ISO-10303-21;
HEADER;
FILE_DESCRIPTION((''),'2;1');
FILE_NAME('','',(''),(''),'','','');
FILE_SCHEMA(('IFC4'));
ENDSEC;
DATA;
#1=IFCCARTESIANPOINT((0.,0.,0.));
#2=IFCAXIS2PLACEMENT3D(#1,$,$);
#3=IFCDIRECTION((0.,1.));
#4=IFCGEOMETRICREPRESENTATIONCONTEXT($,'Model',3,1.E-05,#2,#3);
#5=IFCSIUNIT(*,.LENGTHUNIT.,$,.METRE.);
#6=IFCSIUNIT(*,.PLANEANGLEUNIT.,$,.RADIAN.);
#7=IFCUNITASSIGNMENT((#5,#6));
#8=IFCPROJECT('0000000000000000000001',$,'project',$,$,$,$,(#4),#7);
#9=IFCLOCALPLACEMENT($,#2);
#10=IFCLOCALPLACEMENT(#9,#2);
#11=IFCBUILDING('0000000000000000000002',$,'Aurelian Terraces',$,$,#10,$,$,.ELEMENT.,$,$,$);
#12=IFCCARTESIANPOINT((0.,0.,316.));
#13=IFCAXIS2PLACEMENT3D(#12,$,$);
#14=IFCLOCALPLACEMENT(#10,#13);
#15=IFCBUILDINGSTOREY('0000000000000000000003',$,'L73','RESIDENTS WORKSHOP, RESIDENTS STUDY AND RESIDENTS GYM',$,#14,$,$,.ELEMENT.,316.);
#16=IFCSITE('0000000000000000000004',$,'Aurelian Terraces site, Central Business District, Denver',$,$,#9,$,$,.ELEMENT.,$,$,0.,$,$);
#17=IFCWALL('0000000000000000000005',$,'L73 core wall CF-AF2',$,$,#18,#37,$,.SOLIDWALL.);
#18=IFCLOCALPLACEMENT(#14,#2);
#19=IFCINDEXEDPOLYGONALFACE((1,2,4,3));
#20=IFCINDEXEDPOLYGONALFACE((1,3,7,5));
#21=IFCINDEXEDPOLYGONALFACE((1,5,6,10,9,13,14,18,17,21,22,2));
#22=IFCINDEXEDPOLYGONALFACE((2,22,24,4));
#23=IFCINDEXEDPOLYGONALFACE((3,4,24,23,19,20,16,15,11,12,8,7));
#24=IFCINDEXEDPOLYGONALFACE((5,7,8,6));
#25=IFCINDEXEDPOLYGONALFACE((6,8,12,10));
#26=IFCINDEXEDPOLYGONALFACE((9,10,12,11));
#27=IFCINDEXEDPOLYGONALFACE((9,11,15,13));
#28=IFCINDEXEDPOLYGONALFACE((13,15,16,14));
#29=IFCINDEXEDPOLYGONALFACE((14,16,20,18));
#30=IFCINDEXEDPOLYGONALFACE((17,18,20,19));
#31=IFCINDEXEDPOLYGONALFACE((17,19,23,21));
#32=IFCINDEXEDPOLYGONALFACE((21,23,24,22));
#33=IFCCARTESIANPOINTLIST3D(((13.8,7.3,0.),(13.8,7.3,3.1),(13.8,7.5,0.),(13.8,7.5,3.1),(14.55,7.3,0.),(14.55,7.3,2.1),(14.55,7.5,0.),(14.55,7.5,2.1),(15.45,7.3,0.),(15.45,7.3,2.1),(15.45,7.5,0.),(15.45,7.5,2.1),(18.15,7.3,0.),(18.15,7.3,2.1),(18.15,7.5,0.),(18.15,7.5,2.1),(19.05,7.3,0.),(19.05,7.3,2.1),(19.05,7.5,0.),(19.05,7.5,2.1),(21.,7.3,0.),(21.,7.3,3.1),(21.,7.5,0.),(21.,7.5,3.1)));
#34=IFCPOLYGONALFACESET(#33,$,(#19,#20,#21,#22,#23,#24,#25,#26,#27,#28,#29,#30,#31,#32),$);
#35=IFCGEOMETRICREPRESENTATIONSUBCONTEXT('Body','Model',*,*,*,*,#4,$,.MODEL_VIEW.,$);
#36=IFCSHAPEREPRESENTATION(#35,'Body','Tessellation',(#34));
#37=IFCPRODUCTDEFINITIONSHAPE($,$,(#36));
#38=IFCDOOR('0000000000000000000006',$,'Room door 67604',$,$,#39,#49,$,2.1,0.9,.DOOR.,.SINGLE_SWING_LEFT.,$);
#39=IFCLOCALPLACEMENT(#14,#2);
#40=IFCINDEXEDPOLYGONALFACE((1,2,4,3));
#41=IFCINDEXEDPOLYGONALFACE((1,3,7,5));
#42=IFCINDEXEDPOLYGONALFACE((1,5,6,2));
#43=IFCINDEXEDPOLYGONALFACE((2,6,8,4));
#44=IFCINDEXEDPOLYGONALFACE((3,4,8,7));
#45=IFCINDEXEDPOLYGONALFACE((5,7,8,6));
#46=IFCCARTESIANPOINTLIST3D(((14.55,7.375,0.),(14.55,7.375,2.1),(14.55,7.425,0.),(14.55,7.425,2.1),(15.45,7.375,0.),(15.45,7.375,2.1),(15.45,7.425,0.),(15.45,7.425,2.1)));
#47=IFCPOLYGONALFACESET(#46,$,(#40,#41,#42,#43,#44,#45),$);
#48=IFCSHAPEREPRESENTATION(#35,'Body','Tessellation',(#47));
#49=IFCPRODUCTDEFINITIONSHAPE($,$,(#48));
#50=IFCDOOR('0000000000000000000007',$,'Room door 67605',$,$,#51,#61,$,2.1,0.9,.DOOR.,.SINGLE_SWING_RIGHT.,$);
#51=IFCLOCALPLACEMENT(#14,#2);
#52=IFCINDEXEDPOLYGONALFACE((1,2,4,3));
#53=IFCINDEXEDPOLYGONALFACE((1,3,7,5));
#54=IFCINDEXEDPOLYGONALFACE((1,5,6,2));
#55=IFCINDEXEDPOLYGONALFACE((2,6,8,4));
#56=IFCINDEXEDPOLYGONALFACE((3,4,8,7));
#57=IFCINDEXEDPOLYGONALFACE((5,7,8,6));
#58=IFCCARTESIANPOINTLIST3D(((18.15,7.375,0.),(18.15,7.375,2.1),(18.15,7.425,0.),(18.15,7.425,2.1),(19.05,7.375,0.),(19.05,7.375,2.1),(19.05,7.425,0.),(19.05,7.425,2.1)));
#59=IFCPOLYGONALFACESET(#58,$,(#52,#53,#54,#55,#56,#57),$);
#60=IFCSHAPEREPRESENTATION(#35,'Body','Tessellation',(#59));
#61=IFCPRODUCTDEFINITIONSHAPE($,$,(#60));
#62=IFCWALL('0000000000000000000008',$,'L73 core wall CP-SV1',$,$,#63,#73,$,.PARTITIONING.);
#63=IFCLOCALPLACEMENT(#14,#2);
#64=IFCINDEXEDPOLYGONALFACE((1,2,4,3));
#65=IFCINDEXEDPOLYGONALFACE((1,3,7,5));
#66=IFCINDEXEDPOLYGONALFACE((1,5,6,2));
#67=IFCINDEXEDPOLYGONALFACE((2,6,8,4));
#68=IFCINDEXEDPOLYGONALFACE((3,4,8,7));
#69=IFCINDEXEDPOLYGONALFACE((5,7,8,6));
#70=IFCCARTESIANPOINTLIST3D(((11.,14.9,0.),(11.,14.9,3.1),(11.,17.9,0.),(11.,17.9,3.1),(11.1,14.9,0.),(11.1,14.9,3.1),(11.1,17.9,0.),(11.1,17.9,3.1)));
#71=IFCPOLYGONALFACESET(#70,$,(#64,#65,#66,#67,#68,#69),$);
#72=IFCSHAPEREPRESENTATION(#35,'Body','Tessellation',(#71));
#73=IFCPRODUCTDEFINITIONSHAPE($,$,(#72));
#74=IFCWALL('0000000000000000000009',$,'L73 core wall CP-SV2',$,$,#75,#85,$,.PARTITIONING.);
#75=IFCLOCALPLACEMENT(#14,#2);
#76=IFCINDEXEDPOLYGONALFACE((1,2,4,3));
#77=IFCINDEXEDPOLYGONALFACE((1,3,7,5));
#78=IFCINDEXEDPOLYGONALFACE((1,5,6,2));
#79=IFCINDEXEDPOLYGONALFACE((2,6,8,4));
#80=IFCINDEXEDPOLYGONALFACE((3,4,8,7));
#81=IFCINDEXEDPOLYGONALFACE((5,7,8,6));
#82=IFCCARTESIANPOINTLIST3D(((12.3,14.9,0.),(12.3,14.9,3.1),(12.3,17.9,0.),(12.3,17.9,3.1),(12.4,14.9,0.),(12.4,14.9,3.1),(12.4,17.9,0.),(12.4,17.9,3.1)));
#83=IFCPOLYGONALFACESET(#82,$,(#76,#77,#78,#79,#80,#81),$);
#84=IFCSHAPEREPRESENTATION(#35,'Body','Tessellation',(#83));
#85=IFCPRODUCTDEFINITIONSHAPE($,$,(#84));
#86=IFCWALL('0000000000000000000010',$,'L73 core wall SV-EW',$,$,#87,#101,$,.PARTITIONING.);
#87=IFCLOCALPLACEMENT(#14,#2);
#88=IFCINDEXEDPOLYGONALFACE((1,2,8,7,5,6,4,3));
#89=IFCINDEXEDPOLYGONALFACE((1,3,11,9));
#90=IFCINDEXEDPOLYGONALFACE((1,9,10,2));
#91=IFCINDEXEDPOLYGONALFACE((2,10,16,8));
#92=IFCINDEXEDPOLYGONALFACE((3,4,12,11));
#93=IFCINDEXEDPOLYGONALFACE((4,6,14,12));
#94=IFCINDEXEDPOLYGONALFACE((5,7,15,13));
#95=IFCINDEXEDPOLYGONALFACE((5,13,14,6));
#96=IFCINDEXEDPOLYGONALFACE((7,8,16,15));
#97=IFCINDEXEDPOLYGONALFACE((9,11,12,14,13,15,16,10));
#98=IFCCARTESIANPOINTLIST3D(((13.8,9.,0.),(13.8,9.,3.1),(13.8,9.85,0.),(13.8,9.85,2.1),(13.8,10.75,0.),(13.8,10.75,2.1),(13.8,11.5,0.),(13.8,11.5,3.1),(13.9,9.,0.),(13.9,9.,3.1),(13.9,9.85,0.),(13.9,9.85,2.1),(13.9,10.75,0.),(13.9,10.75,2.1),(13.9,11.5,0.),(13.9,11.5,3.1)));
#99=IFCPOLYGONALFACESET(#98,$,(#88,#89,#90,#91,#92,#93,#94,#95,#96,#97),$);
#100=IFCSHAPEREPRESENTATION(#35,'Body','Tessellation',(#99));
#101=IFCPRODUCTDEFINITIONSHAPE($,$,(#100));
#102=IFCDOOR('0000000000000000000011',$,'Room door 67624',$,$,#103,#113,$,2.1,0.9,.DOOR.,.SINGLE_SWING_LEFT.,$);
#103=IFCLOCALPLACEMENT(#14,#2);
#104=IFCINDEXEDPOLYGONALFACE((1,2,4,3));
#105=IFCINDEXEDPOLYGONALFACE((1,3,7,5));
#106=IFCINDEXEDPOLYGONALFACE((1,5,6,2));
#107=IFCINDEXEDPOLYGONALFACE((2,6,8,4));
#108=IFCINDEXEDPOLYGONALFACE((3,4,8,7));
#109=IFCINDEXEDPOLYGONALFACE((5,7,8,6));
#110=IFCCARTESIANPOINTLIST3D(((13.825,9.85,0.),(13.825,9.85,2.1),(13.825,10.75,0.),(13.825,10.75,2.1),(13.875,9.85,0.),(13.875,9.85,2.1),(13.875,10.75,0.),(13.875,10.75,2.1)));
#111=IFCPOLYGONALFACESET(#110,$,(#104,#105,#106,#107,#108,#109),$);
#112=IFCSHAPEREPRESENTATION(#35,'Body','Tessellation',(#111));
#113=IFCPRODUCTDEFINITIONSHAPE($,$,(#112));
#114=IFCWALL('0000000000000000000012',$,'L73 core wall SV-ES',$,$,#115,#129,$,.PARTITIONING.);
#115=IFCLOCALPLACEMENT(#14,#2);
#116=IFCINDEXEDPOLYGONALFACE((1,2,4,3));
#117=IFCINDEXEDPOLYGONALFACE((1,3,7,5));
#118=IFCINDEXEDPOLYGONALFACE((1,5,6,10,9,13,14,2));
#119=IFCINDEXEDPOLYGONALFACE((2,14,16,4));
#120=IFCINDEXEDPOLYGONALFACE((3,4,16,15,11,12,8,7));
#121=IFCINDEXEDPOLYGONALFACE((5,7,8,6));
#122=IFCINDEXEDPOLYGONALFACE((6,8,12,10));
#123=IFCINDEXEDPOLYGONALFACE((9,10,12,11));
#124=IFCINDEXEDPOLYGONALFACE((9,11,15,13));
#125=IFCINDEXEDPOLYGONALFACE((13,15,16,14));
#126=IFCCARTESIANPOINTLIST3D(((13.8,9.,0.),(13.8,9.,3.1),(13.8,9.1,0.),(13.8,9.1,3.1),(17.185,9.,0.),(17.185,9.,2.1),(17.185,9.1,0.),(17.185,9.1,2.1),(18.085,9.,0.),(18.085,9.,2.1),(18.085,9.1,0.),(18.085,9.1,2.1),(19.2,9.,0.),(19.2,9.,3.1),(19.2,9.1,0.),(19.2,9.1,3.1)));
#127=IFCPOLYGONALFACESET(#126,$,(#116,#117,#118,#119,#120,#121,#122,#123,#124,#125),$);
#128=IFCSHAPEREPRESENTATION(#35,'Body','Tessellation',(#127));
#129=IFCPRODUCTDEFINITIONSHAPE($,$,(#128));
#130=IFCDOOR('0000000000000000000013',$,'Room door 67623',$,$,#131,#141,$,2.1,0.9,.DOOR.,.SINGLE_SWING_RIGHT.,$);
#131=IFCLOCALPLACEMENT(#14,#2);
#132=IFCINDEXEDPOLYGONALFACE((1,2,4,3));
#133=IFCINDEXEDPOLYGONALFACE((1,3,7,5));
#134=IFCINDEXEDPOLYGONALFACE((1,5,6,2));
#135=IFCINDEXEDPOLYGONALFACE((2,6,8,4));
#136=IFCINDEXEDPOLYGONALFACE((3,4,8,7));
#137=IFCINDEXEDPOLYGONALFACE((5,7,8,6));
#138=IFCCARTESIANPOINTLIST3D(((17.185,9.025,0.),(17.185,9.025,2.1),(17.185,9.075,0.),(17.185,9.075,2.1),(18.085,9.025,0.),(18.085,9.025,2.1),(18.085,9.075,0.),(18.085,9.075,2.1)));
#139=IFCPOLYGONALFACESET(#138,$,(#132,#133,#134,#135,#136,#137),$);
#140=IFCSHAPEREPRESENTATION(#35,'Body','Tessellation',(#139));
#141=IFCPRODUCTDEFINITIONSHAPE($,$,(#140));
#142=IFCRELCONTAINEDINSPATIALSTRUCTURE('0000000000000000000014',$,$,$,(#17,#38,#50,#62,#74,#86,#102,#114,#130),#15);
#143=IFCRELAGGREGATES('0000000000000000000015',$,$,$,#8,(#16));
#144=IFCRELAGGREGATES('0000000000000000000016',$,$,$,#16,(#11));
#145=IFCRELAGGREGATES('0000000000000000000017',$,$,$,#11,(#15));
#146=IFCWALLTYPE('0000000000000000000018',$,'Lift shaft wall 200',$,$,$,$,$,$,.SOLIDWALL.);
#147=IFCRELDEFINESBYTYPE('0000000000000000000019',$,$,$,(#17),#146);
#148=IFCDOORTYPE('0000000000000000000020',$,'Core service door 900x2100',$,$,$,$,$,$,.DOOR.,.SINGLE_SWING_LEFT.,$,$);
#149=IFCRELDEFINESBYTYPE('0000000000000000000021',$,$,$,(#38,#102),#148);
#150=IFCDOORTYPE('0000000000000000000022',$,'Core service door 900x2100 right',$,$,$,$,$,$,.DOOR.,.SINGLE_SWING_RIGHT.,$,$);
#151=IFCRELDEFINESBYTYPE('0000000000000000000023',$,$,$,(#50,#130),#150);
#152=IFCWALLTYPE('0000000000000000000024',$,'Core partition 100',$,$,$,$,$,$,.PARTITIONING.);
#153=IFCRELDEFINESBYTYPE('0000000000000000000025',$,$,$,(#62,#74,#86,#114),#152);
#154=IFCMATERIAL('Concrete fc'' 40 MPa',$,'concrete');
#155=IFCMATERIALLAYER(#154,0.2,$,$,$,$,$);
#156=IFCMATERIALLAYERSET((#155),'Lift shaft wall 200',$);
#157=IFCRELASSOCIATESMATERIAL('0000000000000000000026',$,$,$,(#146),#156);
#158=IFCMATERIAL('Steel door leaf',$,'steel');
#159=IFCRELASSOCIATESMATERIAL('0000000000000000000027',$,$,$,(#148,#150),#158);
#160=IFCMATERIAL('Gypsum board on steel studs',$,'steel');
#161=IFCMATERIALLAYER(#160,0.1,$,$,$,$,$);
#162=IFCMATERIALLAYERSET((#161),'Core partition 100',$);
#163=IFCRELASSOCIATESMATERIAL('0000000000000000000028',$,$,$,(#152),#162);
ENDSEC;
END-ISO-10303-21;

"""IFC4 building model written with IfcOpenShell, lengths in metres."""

from ifc_helpers import new_model, si_unit, direction, frame, frame_2d, origin, place, context, subcontext, project, spatial, rectangle, extrude, source, transform, mapped, material, layer, layer_set, type_object, element, fill, save


model = new_model("IFC4")

# Units and contexts
model_context = context("Model", 3, precision=1e-05, world=origin(), true_north=direction((0.0, 1.0)))
body_context = subcontext(model_context, "Body", "Model", "MODEL_VIEW")
ifc_project = project(units=[si_unit("LENGTHUNIT", "METRE"), si_unit("PLANEANGLEUNIT", "RADIAN")], contexts=[model_context])

# Site, building, storey
site_placement = place(None, origin())
site = spatial("IfcSite", under=ifc_project, at=site_placement, Name="Aurelian Terraces site, Central Business District, Denver", CompositionType="ELEMENT", RefElevation=0.0)
building_placement = place(site_placement, origin())
building = spatial("IfcBuilding", under=site, at=building_placement, Name="Aurelian Terraces", CompositionType="ELEMENT")
storey_placement = place(building_placement, frame((0.0, 0.0, 316.0)))
storey = spatial("IfcBuildingStorey", under=building, at=storey_placement, Name="L73", Description="RESIDENTS WORKSHOP, RESIDENTS STUDY AND RESIDENTS GYM", CompositionType="ELEMENT", Elevation=316.0)

# Shared definitions
ifc_material_1 = material(Name="Concrete fc' 40 MPa", Category="concrete")
ifc_layer_1 = layer(ifc_material_1, 0.2)
ifc_layer_set_1 = layer_set([ifc_layer_1], Name="Lift shaft wall 200")
wall_type_1 = type_object("IfcWallType", Name="Lift shaft wall 200", PredefinedType="SOLIDWALL", material=ifc_layer_set_1)

# Shared definitions
ifc_material_2 = material(Name="Gypsum board on steel studs", Category="steel")

# Wall, openings, doors
shared_shape_1 = source(origin(), body_context, "Body", "SweptSolid", [
    extrude(rectangle(XDim=7.2, YDim=0.2, at=frame_2d((3.6, 0.0))), origin(), (0.0, 0.0, 1.0), 3.1),
])
wall_1_placement = place(storey_placement, frame((13.8, 7.4, 0.0), z_axis=(0.0, 0.0, 1.0), x_axis=(1.0, 0.0, 0.0)))
wall_1 = element("IfcWall", 1, at=wall_1_placement, inside=storey, type_object=wall_type_1, Name="L73 core wall CF-AF2", PredefinedType="SOLIDWALL", context=body_context, shape_type="MappedRepresentation", body=[
    mapped(shared_shape_1, transform((0.0, 0.0, 0.0), scale=1.0)),
])
shared_shape_2 = source(origin(), body_context, "Body", "SweptSolid", [
    extrude(rectangle(XDim=0.9, YDim=2.1, at=frame_2d((0.45, 1.05))), frame((0.0, 0.11, 0.0), z_axis=(0.0, -1.0, 0.0), x_axis=(1.0, 0.0, 0.0)), (0.0, 0.0, 1.0), 0.22),
])
opening_1_placement = place(wall_1_placement, frame((0.75, 0.0, 0.0)))
opening_1 = element("IfcOpeningElement", 2, at=opening_1_placement, cuts=wall_1, PredefinedType="OPENING", context=body_context, shape_type="MappedRepresentation", body=[
    mapped(shared_shape_2, transform((0.0, 0.0, 0.0), scale=1.0)),
])
opening_2_placement = place(wall_1_placement, frame((4.35, 0.0, 0.0)))
opening_2 = element("IfcOpeningElement", 3, at=opening_2_placement, cuts=wall_1, PredefinedType="OPENING", context=body_context, shape_type="MappedRepresentation", body=[
    mapped(shared_shape_2, transform((0.0, 0.0, 0.0), scale=1.0)),
])
ifc_material_3 = material(Name="Steel door leaf", Category="steel")
door_type_1 = type_object("IfcDoorType", Name="Core service door 900x2100", OperationType="SINGLE_SWING_LEFT", PredefinedType="DOOR", material=ifc_material_3)
shared_shape_3 = source(origin(), body_context, "Body", "SweptSolid", [
    extrude(rectangle(XDim=0.9, YDim=2.1, at=frame_2d((0.45, 1.05))), frame((0.0, 0.025, 0.0), z_axis=(0.0, -1.0, 0.0), x_axis=(1.0, 0.0, 0.0)), (0.0, 0.0, 1.0), 0.05),
])
door_1_placement = place(opening_1_placement, origin())
door_1 = element("IfcDoor", 4, at=door_1_placement, inside=storey, type_object=door_type_1, Name="Room door 67604", OperationType="SINGLE_SWING_LEFT", OverallHeight=2.1, OverallWidth=0.9, PredefinedType="DOOR", context=body_context, shape_type="MappedRepresentation", body=[
    mapped(shared_shape_3, transform((0.0, 0.0, 0.0), scale=1.0)),
])
fill(opening_1, door_1)
door_type_2 = type_object("IfcDoorType", Name="Core service door 900x2100 right", OperationType="SINGLE_SWING_RIGHT", PredefinedType="DOOR", material=ifc_material_3)
door_2_placement = place(opening_2_placement, origin())
door_2 = element("IfcDoor", 5, at=door_2_placement, inside=storey, type_object=door_type_2, Name="Room door 67605", OperationType="SINGLE_SWING_RIGHT", OverallHeight=2.1, OverallWidth=0.9, PredefinedType="DOOR", context=body_context, shape_type="MappedRepresentation", body=[
    mapped(shared_shape_3, transform((0.0, 0.0, 0.0), scale=1.0)),
])
fill(opening_2, door_2)

# Walls
ifc_layer_2 = layer(ifc_material_2, 0.1)
ifc_layer_set_2 = layer_set([ifc_layer_2], Name="Core partition 100")
wall_type_2 = type_object("IfcWallType", Name="Core partition 100", PredefinedType="PARTITIONING", material=ifc_layer_set_2)
shared_shape_4 = source(origin(), body_context, "Body", "SweptSolid", [
    extrude(rectangle(XDim=3.0, YDim=0.1, at=frame_2d((1.5, 0.0))), origin(), (0.0, 0.0, 1.0), 3.1),
])
for number, where, z_axis, x_axis, name in (
    (6, (11.05, 14.9, 0.0), (0.0, 0.0, 1.0), (0.0, 1.0, 0.0), "L73 core wall CP-SV1"),
    (7, (12.35, 14.9, 0.0), (0.0, 0.0, 1.0), (0.0, 1.0, 0.0), "L73 core wall CP-SV2"),
):
    element("IfcWall", number, at=place(storey_placement, frame(where, z_axis=z_axis, x_axis=x_axis)), inside=storey, type_object=wall_type_2, Name=name, PredefinedType="PARTITIONING", context=body_context, shape_type="MappedRepresentation", body=[
        mapped(shared_shape_4, transform((0.0, 0.0, 0.0), scale=1.0)),
    ])

# Walls, openings, doors
shared_shape_5 = source(origin(), body_context, "Body", "SweptSolid", [
    extrude(rectangle(XDim=2.5, YDim=0.1, at=frame_2d((1.25, 0.0))), origin(), (0.0, 0.0, 1.0), 3.1),
])
wall_2_placement = place(storey_placement, frame((13.85, 9.0, 0.0), z_axis=(0.0, 0.0, 1.0), x_axis=(0.0, 1.0, 0.0)))
wall_2 = element("IfcWall", 8, at=wall_2_placement, inside=storey, type_object=wall_type_2, Name="L73 core wall SV-EW", PredefinedType="PARTITIONING", context=body_context, shape_type="MappedRepresentation", body=[
    mapped(shared_shape_5, transform((0.0, 0.0, 0.0), scale=1.0)),
])
shared_shape_6 = source(origin(), body_context, "Body", "SweptSolid", [
    extrude(rectangle(XDim=0.9, YDim=2.1, at=frame_2d((0.45, 1.05))), frame((0.0, 0.06, 0.0), z_axis=(0.0, -1.0, 0.0), x_axis=(1.0, 0.0, 0.0)), (0.0, 0.0, 1.0), 0.12),
])
opening_3_placement = place(wall_2_placement, frame((0.85, 0.0, 0.0)))
opening_3 = element("IfcOpeningElement", 9, at=opening_3_placement, cuts=wall_2, PredefinedType="OPENING", context=body_context, shape_type="MappedRepresentation", body=[
    mapped(shared_shape_6, transform((0.0, 0.0, 0.0), scale=1.0)),
])
door_3_placement = place(opening_3_placement, origin())
door_3 = element("IfcDoor", 10, at=door_3_placement, inside=storey, type_object=door_type_1, Name="Room door 67624", OperationType="SINGLE_SWING_LEFT", OverallHeight=2.1, OverallWidth=0.9, PredefinedType="DOOR", context=body_context, shape_type="MappedRepresentation", body=[
    mapped(shared_shape_3, transform((0.0, 0.0, 0.0), scale=1.0)),
])
fill(opening_3, door_3)
shared_shape_7 = source(origin(), body_context, "Body", "SweptSolid", [
    extrude(rectangle(XDim=5.4, YDim=0.1, at=frame_2d((2.7, 0.0))), origin(), (0.0, 0.0, 1.0), 3.1),
])
wall_3_placement = place(storey_placement, frame((13.8, 9.05, 0.0), z_axis=(0.0, 0.0, 1.0), x_axis=(1.0, 0.0, 0.0)))
wall_3 = element("IfcWall", 11, at=wall_3_placement, inside=storey, type_object=wall_type_2, Name="L73 core wall SV-ES", PredefinedType="PARTITIONING", context=body_context, shape_type="MappedRepresentation", body=[
    mapped(shared_shape_7, transform((0.0, 0.0, 0.0), scale=1.0)),
])
opening_4_placement = place(wall_3_placement, frame((3.385, 0.0, 0.0)))
opening_4 = element("IfcOpeningElement", 12, at=opening_4_placement, cuts=wall_3, PredefinedType="OPENING", context=body_context, shape_type="MappedRepresentation", body=[
    mapped(shared_shape_6, transform((0.0, 0.0, 0.0), scale=1.0)),
])
door_4_placement = place(opening_4_placement, origin())
door_4 = element("IfcDoor", 13, at=door_4_placement, inside=storey, type_object=door_type_2, Name="Room door 67623", OperationType="SINGLE_SWING_RIGHT", OverallHeight=2.1, OverallWidth=0.9, PredefinedType="DOOR", context=body_context, shape_type="MappedRepresentation", body=[
    mapped(shared_shape_3, transform((0.0, 0.0, 0.0), scale=1.0)),
])
fill(opening_4, door_4)

save(model, "model.ifc")
